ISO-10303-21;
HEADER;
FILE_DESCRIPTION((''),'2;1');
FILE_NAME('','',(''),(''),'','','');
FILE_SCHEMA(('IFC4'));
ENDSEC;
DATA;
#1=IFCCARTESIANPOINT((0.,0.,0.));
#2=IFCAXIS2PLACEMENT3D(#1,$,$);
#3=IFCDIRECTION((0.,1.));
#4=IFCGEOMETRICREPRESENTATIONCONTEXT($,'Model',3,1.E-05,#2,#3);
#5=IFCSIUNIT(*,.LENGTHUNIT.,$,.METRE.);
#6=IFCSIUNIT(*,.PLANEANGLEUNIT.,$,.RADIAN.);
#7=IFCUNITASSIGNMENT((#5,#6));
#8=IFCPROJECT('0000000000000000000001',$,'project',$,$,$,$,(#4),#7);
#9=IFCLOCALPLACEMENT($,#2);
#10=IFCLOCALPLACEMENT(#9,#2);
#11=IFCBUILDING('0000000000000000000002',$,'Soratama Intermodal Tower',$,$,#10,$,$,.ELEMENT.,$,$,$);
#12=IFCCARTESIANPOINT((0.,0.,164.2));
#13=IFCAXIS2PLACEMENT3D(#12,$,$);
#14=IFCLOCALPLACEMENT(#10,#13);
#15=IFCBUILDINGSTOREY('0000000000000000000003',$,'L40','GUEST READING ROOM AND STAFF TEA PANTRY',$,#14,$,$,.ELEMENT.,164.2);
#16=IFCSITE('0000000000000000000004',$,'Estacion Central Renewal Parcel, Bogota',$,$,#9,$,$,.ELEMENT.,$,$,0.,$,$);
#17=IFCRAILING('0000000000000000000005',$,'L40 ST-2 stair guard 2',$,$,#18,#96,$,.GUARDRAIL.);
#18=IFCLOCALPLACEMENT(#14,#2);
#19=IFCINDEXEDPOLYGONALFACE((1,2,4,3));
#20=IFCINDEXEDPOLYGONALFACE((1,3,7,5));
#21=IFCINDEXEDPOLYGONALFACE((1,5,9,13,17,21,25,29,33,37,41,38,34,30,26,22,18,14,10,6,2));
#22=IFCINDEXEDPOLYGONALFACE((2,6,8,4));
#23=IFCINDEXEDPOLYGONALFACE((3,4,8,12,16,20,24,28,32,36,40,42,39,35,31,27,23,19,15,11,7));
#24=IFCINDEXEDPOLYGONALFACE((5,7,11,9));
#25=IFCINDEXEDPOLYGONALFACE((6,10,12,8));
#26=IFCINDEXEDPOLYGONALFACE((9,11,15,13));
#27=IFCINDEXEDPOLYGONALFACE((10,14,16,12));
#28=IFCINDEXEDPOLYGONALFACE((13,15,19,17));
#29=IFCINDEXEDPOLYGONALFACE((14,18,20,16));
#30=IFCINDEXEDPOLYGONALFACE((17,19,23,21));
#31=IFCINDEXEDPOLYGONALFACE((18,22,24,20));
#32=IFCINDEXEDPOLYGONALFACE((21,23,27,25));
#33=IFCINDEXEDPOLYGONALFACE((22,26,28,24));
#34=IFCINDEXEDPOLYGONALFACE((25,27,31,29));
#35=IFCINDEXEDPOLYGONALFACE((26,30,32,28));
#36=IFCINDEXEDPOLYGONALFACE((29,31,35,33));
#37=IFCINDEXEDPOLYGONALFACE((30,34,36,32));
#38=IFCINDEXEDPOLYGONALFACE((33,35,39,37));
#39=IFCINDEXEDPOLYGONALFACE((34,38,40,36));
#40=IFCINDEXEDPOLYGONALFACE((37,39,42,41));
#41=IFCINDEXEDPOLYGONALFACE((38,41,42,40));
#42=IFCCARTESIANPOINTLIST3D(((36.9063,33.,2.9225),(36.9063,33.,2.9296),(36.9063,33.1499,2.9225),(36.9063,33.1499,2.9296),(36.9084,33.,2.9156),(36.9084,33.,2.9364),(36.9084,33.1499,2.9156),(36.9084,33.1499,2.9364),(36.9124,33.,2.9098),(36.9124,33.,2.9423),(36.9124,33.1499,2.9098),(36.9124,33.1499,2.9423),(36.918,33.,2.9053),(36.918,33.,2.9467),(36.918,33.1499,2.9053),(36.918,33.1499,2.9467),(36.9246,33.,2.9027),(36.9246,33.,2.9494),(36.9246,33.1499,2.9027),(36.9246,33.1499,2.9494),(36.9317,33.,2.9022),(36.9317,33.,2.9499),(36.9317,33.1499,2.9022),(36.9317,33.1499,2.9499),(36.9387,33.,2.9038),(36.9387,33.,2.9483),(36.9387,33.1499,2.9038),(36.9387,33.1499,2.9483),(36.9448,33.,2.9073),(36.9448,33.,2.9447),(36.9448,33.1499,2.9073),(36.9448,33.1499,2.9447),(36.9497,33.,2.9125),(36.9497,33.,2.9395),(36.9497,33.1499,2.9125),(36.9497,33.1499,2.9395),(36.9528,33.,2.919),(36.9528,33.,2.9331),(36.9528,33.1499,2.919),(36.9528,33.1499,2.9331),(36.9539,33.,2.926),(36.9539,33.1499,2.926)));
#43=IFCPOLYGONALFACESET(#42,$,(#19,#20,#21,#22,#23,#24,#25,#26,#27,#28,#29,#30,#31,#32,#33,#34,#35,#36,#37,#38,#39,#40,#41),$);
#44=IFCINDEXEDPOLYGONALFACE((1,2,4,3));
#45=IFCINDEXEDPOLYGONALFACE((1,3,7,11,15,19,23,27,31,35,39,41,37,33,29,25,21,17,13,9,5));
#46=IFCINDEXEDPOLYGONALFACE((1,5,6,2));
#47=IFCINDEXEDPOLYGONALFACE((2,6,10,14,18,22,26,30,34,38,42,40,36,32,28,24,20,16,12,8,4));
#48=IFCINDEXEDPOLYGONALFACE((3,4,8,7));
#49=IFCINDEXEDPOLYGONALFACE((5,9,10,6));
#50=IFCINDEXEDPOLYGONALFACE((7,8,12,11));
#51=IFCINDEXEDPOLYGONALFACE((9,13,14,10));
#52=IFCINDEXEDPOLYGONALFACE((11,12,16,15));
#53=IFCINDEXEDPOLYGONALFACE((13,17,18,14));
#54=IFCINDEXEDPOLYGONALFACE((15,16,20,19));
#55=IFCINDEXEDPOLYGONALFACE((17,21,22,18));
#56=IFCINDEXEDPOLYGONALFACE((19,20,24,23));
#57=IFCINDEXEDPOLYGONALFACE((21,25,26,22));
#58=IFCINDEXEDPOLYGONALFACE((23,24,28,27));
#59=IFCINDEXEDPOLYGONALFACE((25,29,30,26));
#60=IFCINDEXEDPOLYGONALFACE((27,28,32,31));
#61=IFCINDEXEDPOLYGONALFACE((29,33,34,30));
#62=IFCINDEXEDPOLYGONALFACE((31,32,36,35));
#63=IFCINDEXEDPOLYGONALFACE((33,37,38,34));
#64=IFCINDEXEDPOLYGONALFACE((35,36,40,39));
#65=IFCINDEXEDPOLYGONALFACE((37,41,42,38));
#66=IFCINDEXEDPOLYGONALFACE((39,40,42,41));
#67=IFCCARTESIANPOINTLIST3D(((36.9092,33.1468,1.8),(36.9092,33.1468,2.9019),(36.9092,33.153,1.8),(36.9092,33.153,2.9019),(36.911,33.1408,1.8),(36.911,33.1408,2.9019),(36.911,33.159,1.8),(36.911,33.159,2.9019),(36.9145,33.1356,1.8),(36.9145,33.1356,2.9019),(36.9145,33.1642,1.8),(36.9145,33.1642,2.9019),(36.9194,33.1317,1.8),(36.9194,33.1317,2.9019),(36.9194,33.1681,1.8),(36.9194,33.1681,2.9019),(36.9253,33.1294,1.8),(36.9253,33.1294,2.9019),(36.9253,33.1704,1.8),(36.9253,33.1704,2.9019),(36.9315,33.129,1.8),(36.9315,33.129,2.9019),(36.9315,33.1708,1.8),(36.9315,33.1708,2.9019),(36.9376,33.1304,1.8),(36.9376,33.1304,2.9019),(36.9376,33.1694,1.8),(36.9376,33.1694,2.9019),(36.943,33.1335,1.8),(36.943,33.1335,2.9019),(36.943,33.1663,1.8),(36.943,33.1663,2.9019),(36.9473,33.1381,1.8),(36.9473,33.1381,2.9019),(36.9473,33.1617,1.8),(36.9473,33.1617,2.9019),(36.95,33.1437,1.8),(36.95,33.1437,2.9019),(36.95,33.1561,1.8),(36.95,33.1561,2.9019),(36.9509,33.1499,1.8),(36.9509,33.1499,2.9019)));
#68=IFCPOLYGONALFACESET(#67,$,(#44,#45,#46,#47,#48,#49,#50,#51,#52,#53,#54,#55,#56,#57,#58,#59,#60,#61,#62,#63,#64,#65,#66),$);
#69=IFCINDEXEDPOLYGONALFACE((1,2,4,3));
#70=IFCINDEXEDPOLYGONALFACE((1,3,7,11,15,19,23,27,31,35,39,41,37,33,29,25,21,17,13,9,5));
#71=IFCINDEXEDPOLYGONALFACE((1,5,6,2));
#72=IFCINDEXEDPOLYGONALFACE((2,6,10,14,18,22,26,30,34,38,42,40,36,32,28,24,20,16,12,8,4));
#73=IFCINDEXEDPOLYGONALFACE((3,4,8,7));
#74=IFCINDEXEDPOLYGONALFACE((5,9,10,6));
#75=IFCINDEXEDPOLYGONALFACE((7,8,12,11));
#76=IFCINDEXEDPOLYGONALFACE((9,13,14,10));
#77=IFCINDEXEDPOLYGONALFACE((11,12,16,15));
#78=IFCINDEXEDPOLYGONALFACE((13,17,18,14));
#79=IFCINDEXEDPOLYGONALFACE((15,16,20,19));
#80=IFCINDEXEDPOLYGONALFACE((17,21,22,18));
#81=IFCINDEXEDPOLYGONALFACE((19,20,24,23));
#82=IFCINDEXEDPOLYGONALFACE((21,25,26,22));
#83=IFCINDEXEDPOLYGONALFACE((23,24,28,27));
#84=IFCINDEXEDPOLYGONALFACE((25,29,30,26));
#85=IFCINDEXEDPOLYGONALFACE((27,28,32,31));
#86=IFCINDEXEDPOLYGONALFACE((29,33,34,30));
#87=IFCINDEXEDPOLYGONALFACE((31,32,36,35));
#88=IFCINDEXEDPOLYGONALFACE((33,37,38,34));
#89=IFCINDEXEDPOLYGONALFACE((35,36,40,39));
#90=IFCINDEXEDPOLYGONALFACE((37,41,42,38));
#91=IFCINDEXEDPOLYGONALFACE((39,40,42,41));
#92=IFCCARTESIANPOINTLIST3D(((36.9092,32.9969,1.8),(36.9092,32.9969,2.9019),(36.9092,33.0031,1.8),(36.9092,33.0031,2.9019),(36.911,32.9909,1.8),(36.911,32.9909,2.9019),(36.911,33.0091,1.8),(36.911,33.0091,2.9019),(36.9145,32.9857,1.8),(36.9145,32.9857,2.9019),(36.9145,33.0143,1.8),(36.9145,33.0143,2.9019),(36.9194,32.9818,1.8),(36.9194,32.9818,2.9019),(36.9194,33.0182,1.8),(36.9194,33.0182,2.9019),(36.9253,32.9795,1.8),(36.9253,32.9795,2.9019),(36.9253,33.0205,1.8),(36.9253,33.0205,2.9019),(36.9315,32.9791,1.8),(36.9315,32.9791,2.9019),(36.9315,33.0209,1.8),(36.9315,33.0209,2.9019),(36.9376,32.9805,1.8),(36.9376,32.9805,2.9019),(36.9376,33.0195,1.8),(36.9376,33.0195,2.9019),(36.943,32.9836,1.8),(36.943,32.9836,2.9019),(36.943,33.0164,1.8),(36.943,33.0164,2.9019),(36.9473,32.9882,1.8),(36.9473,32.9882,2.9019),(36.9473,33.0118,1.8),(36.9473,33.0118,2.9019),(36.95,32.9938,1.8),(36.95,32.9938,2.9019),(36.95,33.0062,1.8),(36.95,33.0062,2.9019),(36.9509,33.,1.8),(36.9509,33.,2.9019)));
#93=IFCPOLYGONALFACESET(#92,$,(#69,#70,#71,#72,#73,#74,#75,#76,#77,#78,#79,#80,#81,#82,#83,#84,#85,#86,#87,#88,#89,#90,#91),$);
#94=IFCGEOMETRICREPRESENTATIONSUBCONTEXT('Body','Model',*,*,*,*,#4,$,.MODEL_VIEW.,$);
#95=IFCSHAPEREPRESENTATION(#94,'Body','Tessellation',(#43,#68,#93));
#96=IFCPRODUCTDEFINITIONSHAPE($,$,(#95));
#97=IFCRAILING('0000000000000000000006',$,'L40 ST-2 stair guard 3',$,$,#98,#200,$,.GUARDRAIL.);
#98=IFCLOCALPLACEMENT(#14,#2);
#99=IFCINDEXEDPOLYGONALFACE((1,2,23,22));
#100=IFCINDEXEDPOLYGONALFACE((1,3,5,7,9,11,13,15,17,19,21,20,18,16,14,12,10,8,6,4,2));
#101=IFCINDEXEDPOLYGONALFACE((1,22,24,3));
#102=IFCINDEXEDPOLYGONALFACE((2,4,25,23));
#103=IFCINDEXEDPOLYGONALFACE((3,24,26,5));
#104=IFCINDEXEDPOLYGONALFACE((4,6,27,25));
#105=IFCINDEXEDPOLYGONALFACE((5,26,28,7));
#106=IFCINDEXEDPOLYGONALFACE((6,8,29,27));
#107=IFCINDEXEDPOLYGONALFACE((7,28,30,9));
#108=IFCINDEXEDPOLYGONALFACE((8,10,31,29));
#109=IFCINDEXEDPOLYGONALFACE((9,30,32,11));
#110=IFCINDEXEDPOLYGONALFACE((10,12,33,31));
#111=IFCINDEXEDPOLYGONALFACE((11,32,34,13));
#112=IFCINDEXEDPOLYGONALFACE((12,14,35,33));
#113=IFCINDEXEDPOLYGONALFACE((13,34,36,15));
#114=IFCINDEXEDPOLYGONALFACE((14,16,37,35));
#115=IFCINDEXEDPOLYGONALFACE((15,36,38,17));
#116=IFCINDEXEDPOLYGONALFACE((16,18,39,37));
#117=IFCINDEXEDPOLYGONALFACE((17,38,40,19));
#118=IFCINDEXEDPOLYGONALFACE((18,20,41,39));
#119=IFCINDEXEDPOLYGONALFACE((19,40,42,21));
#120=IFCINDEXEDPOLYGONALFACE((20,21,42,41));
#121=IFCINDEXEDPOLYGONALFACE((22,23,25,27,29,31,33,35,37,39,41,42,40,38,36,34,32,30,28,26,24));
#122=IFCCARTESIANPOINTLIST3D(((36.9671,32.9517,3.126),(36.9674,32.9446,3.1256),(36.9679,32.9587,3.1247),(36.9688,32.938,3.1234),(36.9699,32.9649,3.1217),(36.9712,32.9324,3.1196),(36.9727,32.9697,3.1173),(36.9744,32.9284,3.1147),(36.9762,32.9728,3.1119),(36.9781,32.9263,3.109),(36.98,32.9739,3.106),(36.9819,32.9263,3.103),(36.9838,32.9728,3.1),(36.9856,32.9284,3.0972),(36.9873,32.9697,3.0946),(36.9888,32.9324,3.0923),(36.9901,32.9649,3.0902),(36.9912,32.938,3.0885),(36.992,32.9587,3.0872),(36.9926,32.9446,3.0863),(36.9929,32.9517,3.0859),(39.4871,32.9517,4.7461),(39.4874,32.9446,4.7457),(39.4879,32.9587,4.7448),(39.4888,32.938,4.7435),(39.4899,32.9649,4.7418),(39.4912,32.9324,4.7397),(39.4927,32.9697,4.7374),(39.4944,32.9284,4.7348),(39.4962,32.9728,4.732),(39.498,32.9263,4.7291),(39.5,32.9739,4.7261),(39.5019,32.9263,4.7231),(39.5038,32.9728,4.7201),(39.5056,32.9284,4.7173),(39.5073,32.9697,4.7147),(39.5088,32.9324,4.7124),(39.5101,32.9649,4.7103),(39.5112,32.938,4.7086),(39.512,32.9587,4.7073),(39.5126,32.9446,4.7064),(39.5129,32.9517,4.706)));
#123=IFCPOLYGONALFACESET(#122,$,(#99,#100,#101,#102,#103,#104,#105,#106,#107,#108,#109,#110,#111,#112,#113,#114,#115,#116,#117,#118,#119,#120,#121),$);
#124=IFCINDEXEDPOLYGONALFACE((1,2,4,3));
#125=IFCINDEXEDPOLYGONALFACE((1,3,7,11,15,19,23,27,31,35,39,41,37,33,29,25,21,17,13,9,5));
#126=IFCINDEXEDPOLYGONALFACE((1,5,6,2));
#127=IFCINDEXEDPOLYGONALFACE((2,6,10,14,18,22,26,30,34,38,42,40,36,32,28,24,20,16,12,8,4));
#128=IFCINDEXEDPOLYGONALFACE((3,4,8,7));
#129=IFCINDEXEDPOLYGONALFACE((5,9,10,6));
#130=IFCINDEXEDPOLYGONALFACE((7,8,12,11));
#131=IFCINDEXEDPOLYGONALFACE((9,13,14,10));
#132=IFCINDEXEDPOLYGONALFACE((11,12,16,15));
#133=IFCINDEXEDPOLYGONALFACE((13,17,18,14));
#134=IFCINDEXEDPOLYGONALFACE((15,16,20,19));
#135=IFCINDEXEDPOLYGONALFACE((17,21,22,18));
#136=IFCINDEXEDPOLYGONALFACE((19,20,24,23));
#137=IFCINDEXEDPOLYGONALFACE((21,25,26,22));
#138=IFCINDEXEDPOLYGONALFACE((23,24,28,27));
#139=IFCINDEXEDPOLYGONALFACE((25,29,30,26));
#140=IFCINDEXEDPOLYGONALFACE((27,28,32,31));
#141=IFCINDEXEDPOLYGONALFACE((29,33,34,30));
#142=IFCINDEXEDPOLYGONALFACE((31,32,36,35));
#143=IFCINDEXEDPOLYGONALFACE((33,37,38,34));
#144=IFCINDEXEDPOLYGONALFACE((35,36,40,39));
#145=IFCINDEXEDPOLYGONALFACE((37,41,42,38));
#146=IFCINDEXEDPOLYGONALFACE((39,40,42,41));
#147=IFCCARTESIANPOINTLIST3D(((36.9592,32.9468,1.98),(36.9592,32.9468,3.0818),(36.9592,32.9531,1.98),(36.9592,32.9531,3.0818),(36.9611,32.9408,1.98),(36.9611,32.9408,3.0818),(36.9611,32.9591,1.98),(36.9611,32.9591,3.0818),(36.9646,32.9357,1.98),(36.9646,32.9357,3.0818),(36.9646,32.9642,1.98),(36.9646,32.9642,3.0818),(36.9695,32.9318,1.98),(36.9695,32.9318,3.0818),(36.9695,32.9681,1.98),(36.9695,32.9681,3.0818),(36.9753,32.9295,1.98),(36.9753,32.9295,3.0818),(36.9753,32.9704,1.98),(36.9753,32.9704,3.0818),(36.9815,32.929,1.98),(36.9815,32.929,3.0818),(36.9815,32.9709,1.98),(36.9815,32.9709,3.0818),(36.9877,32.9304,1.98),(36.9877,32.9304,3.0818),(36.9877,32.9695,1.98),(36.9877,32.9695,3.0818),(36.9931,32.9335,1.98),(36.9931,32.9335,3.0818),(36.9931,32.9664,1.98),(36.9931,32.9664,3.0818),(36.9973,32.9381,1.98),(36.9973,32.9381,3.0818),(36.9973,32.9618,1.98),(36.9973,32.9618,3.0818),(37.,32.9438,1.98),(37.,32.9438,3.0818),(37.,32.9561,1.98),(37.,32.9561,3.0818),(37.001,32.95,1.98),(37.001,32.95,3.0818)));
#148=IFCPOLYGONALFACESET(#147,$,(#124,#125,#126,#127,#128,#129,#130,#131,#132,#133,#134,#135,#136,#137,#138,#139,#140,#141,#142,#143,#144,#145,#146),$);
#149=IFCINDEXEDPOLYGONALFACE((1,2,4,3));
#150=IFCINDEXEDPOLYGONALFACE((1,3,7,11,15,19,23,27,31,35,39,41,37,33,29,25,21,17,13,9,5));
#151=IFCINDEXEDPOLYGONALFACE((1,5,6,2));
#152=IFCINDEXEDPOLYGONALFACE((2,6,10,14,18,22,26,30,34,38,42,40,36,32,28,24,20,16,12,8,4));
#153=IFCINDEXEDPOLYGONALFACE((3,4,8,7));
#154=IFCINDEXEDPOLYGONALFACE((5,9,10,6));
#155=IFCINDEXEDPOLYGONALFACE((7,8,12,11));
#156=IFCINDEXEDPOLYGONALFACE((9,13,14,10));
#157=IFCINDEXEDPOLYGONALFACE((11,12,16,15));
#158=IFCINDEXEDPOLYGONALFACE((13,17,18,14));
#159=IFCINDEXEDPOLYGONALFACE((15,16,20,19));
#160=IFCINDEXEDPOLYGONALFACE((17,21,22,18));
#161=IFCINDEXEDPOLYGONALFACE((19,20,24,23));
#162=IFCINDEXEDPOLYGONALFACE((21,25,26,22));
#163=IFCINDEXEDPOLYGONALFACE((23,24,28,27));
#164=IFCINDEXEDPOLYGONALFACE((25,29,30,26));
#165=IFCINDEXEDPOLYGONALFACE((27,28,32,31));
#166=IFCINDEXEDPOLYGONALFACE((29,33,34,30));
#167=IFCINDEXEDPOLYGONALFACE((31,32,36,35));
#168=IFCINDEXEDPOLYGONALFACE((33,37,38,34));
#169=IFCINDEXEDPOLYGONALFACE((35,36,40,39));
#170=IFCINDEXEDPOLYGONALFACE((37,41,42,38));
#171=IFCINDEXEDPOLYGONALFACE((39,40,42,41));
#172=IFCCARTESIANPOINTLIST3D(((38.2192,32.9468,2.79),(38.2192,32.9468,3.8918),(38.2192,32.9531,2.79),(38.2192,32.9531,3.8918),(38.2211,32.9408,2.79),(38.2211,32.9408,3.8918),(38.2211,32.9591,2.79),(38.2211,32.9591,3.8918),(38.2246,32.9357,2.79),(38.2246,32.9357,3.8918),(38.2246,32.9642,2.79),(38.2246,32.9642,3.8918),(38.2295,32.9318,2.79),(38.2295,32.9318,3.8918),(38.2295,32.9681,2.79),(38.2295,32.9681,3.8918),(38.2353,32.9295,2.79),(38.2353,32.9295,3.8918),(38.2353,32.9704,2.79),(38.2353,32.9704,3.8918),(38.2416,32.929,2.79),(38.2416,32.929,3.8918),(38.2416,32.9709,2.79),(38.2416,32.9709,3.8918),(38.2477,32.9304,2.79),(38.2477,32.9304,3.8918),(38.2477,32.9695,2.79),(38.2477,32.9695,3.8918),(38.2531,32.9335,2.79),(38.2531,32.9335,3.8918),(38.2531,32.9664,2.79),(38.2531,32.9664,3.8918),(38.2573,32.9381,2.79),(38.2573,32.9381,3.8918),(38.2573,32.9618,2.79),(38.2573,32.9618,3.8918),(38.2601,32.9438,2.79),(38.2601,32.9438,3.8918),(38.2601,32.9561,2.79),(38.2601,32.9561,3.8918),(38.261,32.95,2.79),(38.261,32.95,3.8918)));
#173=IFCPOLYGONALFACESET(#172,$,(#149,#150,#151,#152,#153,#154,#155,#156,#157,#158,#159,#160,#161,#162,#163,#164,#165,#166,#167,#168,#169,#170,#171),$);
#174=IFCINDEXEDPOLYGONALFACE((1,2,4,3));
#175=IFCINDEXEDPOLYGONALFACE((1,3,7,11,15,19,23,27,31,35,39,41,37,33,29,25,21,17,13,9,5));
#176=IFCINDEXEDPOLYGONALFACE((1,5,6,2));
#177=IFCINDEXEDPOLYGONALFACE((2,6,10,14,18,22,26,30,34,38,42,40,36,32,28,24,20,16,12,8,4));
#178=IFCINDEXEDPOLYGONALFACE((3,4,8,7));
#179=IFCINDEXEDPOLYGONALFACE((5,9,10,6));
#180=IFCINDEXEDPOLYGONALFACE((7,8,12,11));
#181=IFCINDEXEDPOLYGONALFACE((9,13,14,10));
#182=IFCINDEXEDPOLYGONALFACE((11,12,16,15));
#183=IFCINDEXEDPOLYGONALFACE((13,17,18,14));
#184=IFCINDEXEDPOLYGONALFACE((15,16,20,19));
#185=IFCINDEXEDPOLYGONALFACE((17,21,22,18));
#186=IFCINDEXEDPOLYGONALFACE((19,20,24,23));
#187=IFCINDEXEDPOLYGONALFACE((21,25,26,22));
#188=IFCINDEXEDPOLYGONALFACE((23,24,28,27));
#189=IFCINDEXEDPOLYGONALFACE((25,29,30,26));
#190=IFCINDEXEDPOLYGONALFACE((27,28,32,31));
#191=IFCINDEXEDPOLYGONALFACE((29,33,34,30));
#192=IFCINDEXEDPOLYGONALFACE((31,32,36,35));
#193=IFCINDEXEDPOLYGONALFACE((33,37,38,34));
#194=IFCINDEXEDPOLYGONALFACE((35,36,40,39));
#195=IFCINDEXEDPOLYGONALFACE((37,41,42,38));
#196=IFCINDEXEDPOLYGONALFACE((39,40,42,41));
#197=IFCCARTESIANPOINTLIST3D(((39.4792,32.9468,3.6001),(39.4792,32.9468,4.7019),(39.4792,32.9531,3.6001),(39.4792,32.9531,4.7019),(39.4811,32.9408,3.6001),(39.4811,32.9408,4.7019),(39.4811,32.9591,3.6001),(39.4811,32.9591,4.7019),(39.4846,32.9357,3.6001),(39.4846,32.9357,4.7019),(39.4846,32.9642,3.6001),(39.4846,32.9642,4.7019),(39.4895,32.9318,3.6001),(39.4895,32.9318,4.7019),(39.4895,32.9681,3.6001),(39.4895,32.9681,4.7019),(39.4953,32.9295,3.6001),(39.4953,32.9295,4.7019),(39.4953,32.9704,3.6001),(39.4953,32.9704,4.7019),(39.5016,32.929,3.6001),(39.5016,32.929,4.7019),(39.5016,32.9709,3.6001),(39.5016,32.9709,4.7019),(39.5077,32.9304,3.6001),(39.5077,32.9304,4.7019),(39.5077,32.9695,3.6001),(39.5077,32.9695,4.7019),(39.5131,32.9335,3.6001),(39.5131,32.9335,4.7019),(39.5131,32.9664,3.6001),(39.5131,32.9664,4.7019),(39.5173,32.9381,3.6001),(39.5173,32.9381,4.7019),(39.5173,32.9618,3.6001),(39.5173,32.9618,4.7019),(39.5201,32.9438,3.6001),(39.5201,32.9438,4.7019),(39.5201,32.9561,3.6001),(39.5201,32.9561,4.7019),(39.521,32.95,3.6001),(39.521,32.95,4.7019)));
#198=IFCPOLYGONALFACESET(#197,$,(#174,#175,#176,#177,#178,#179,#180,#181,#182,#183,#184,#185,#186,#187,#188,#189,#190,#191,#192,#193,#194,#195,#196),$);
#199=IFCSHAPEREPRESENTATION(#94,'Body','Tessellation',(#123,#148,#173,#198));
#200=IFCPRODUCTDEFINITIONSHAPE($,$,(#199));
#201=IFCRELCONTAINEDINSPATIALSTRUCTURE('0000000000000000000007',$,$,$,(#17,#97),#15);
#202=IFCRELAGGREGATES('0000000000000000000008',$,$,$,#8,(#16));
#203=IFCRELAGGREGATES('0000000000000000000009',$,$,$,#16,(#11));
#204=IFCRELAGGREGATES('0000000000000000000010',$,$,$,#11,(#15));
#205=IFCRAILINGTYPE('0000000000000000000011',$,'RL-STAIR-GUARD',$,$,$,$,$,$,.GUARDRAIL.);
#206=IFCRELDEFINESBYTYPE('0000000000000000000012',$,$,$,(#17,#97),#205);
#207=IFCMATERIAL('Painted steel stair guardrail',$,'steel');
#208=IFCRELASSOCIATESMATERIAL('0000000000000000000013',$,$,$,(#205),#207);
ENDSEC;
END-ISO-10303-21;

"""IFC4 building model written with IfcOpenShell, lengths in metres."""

from ifc_helpers import new_model, si_unit, direction, frame, origin, origin_2d, place, context, subcontext, project, spatial, circle, extrude, material, type_object, element, save


model = new_model("IFC4")

# Units and contexts
model_context = context("Model", 3, precision=1e-05, world=origin(), true_north=direction((0.0, 1.0)))
body_context = subcontext(model_context, "Body", "Model", "MODEL_VIEW")
ifc_project = project(units=[si_unit("LENGTHUNIT", "METRE"), si_unit("PLANEANGLEUNIT", "RADIAN")], contexts=[model_context])

# Site, building, storey
site_placement = place(None, origin())
site = spatial("IfcSite", under=ifc_project, at=site_placement, Name="Estacion Central Renewal Parcel, Bogota", CompositionType="ELEMENT", RefElevation=0.0)
building_placement = place(site_placement, origin())
building = spatial("IfcBuilding", under=site, at=building_placement, Name="Soratama Intermodal Tower", CompositionType="ELEMENT")
storey_placement = place(building_placement, frame((0.0, 0.0, 164.2)))
storey = spatial("IfcBuildingStorey", under=building, at=storey_placement, Name="L40", Description="GUEST READING ROOM AND STAFF TEA PANTRY", CompositionType="ELEMENT", Elevation=164.2)

# Railings
ifc_material_1 = material(Name="Painted steel stair guardrail", Category="steel")
railing_type_1 = type_object("IfcRailingType", Name="RL-STAIR-GUARD", PredefinedType="GUARDRAIL", material=ifc_material_1)
railing_1_placement = place(storey_placement, frame((36.9299, 33.1499, 1.8)))
element("IfcRailing", 1, at=railing_1_placement, inside=storey, type_object=railing_type_1, Name="L40 ST-2 stair guard 2", PredefinedType="GUARDRAIL", context=body_context, shape_type="SweptSolid", body=[
    extrude(circle(Radius=0.0239, at=origin_2d()), frame((0.0, 0.0, 1.126), z_axis=(0.0, -1.0, 0.0), x_axis=(1.0, 0.0, 0.0)), (0.0, 0.0, 1.0), 0.1499),
    extrude(circle(Radius=0.021, at=origin_2d()), origin(), (0.0, 0.0, 1.0), 1.1018),
    extrude(circle(Radius=0.021, at=origin_2d()), frame((0.0, -0.1499, 0.0)), (0.0, 0.0, 1.0), 1.1018),
])
railing_2_placement = place(storey_placement, frame((36.98, 32.95, 1.98)))
element("IfcRailing", 2, at=railing_2_placement, inside=storey, type_object=railing_type_1, Name="L40 ST-2 stair guard 3", PredefinedType="GUARDRAIL", context=body_context, shape_type="SweptSolid", body=[
    extrude(circle(Radius=0.0239, at=origin_2d()), frame((0.0, 0.0, 1.126), z_axis=(0.841163, 0.0, 0.540782), x_axis=(0.0, 1.0, 0.0)), (0.0, 0.0, 1.0), 2.9958),
    extrude(circle(Radius=0.021, at=origin_2d()), origin(), (0.0, 0.0, 1.0), 1.1018),
    extrude(circle(Radius=0.021, at=origin_2d()), frame((1.26, 0.0, 0.8101)), (0.0, 0.0, 1.0), 1.1018),
    extrude(circle(Radius=0.021, at=origin_2d()), frame((2.52, 0.0, 1.6201)), (0.0, 0.0, 1.0), 1.1018),
])

save(model, "model.ifc")
